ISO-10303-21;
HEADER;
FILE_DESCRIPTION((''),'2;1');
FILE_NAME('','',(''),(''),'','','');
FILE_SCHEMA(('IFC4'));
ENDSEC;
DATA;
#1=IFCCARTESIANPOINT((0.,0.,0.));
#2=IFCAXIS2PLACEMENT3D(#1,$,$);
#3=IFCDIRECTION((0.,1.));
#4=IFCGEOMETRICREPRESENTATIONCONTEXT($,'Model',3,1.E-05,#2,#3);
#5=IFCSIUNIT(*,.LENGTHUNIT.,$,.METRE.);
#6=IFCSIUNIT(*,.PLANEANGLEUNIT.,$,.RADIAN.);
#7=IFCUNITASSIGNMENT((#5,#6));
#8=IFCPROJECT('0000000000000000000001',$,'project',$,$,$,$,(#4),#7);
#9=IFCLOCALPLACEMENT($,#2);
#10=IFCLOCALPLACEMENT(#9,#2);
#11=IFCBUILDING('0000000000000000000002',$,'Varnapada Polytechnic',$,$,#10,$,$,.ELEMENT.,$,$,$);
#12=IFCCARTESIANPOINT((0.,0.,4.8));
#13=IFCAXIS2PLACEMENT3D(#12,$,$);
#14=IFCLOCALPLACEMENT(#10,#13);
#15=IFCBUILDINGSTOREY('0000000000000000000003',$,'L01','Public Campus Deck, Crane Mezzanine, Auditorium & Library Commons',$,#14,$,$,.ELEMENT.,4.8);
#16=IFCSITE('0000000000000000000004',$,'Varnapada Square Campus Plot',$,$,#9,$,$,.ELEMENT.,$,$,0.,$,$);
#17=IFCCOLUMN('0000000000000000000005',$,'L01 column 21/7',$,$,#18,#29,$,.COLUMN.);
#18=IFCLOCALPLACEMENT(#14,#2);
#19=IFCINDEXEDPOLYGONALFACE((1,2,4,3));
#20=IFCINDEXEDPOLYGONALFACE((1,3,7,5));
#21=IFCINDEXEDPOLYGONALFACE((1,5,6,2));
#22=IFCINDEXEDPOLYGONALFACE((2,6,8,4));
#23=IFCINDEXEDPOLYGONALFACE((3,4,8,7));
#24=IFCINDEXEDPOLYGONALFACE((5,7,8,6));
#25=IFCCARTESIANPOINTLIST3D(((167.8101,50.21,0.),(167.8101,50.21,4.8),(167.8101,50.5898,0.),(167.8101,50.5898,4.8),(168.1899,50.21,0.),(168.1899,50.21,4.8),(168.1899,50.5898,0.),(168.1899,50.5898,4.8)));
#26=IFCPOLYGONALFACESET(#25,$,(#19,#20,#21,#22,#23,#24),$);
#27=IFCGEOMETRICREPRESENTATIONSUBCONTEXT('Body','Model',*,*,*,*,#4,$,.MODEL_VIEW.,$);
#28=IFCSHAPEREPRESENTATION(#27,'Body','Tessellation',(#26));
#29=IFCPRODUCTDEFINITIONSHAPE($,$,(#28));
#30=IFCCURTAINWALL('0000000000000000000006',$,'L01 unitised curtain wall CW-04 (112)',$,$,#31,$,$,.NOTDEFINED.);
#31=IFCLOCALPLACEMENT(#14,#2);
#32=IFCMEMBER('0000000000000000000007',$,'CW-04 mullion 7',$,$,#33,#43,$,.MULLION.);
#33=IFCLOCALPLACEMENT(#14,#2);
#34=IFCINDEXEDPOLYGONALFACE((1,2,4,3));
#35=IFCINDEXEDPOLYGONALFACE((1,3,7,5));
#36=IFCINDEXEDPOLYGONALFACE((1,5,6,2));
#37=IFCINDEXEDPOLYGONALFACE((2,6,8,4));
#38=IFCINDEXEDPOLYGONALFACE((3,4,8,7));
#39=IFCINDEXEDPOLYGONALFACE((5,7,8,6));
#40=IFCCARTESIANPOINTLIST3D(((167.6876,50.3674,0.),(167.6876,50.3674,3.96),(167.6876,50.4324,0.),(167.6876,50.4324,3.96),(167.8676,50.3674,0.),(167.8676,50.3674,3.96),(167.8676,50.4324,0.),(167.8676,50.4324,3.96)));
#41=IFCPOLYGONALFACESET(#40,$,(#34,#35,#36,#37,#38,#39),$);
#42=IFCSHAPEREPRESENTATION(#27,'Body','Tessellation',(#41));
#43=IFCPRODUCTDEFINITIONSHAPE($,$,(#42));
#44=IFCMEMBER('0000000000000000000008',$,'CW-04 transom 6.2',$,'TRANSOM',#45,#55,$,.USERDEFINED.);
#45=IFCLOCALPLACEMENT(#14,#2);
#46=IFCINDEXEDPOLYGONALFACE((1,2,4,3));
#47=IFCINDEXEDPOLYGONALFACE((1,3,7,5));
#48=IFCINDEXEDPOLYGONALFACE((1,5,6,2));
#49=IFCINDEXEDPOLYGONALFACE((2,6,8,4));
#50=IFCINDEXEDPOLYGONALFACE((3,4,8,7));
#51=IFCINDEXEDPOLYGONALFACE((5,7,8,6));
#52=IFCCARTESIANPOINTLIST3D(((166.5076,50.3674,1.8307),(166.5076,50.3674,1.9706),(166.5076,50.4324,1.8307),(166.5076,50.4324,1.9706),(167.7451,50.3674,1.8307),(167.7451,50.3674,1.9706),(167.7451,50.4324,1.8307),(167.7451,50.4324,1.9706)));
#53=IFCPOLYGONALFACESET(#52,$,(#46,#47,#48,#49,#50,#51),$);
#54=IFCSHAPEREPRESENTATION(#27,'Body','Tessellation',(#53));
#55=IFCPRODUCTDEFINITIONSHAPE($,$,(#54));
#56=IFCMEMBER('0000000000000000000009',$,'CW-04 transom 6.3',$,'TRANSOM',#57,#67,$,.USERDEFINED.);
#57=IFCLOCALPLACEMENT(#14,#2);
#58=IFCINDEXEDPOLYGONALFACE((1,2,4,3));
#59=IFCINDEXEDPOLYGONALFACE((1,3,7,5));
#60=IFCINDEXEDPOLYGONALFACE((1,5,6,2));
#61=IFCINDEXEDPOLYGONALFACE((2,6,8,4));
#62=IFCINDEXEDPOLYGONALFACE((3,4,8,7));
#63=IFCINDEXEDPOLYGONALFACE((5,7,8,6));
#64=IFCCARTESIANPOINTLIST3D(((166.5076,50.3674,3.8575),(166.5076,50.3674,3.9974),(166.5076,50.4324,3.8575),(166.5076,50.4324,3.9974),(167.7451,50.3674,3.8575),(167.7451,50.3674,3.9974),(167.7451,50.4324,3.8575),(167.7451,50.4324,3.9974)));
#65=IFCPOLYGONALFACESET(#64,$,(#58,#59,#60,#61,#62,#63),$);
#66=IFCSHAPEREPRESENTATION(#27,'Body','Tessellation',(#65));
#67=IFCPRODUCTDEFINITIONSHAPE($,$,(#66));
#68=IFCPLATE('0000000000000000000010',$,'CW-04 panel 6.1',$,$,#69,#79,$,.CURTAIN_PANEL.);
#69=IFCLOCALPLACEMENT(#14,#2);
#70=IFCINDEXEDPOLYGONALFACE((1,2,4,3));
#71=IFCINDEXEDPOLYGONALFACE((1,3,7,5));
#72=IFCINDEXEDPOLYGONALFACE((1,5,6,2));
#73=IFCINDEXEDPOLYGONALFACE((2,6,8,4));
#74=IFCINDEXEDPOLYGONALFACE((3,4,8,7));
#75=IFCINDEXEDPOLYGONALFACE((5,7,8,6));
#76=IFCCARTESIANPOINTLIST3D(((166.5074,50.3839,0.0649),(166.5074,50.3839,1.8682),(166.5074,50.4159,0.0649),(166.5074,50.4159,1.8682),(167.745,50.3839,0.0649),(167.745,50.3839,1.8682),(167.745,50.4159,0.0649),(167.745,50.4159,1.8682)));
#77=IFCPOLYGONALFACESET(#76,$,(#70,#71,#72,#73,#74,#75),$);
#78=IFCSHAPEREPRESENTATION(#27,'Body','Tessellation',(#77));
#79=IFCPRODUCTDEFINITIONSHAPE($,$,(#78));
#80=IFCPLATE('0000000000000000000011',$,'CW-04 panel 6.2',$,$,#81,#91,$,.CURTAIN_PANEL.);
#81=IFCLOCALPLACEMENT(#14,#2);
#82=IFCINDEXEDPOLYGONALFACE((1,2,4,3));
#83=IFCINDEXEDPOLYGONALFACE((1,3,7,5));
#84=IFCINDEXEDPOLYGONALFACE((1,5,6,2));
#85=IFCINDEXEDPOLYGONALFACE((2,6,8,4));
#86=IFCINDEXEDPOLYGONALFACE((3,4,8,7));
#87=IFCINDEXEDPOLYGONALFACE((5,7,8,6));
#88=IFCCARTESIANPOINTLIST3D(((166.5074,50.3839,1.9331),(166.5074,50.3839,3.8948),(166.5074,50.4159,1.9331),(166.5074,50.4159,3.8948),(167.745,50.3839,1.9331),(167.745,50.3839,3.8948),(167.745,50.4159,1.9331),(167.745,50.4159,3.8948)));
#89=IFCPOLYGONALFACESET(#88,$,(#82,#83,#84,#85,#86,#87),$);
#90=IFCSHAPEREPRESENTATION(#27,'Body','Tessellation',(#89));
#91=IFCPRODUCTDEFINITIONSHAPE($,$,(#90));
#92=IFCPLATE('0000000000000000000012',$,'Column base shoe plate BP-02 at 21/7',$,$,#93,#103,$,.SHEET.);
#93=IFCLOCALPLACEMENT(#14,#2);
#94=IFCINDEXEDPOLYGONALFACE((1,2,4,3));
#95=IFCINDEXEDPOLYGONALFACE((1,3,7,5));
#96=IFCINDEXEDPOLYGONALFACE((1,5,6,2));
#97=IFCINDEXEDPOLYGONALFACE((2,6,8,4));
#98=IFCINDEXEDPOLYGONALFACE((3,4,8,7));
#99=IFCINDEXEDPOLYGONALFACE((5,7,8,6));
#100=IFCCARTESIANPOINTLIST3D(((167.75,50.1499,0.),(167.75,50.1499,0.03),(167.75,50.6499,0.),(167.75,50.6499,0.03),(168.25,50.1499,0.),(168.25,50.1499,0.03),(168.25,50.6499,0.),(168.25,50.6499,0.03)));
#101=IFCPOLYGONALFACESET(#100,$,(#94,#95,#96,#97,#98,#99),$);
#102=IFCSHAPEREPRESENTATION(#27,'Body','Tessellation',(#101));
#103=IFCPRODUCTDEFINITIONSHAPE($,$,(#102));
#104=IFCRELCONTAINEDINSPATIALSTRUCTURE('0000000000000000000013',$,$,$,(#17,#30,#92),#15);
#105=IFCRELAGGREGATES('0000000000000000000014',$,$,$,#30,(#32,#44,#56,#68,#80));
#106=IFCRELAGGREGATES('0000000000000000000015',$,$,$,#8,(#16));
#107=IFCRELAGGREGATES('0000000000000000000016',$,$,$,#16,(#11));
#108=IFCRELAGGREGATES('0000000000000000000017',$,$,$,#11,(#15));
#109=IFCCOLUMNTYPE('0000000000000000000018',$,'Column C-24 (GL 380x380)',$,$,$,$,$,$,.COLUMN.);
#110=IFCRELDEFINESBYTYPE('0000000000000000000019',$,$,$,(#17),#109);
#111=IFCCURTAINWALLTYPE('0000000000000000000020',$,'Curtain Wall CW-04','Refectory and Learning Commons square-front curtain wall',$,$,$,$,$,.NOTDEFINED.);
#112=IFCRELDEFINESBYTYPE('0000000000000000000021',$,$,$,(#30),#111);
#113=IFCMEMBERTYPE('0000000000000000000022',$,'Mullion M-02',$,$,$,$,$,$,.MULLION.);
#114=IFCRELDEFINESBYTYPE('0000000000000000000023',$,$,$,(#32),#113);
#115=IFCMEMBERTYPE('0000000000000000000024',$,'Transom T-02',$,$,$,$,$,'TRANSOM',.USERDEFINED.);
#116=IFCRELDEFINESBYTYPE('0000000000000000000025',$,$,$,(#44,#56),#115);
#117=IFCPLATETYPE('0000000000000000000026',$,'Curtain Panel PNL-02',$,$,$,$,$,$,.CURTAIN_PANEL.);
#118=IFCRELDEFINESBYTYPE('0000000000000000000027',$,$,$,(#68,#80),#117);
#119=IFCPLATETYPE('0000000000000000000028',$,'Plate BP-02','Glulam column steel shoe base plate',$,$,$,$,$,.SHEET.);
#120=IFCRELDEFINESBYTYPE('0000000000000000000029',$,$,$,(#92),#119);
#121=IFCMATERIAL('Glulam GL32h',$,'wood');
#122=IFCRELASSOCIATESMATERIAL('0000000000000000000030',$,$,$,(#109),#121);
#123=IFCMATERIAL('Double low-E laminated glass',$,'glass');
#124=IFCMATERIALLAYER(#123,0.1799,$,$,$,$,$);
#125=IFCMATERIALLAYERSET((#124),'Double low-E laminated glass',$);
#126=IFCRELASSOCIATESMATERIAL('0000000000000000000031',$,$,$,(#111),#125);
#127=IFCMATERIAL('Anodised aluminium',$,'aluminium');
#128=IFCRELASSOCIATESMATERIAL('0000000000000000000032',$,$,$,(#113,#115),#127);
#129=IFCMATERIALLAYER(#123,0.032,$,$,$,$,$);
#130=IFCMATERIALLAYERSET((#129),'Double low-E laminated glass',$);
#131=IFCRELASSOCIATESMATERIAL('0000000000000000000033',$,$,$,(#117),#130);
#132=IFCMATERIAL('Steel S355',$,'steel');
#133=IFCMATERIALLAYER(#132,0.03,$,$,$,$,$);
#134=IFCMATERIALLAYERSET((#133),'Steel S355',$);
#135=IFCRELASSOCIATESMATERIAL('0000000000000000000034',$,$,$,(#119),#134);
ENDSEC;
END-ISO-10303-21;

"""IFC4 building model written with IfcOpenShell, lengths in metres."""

from ifc_helpers import new_model, si_unit, direction, frame, origin, origin_2d, place, context, subcontext, project, spatial, rectangle, extrude, material, layer, layer_set, material_profile, profile_set, type_object, element, aggregate, save


model = new_model("IFC4")

# Units and contexts
model_context = context("Model", 3, precision=1e-05, world=origin(), true_north=direction((0.0, 1.0)))
body_context = subcontext(model_context, "Body", "Model", "MODEL_VIEW")
ifc_project = project(units=[si_unit("LENGTHUNIT", "METRE"), si_unit("PLANEANGLEUNIT", "RADIAN")], contexts=[model_context])

# Site, building, storey
site_placement = place(None, origin())
site = spatial("IfcSite", under=ifc_project, at=site_placement, Name="Varnapada Square Campus Plot", CompositionType="ELEMENT", RefElevation=0.0)
building_placement = place(site_placement, origin())
building = spatial("IfcBuilding", under=site, at=building_placement, Name="Varnapada Polytechnic", CompositionType="ELEMENT")
storey_placement = place(building_placement, frame((0.0, 0.0, 4.8)))
storey = spatial("IfcBuildingStorey", under=building, at=storey_placement, Name="L01", Description="Public Campus Deck, Crane Mezzanine, Auditorium & Library Commons", CompositionType="ELEMENT", Elevation=4.8)

# Column
ifc_material_1 = material(Name="Glulam GL32h", Category="wood")
ifc_material_profile_1 = material_profile(ifc_material_1, rectangle(XDim=0.3799, YDim=0.3799, at=origin_2d()), Name="GL 380x380")
ifc_profile_set_1 = profile_set([ifc_material_profile_1], Name="Glulam GL32h")
column_type = type_object("IfcColumnType", Name="Column C-24 (GL 380x380)", PredefinedType="COLUMN", material=ifc_profile_set_1)
column_placement = place(storey_placement, frame((168.0, 50.3999, 0.0), z_axis=(0.0, 0.0, 1.0), x_axis=(1.0, 0.0, 0.0)))
element("IfcColumn", 1, at=column_placement, inside=storey, type_object=column_type, Name="L01 column 21/7", PredefinedType="COLUMN", context=body_context, shape_type="SweptSolid", body=[
    extrude(rectangle(XDim=0.3799, YDim=0.3799, at=origin_2d()), origin(), (0.0, 0.0, 1.0), 4.8),
])

# Curtain wall, members, plates
ifc_material_2 = material(Name="Double low-E laminated glass", Category="glass")
ifc_layer_1 = layer(ifc_material_2, 0.1799)
ifc_layer_set_1 = layer_set([ifc_layer_1], Name="Double low-E laminated glass")
curtain_wall_type = type_object("IfcCurtainWallType", Name="Curtain Wall CW-04", Description="Refectory and Learning Commons square-front curtain wall", PredefinedType="NOTDEFINED", material=ifc_layer_set_1)
curtain_wall_placement = place(storey_placement, origin())
curtain_wall = element("IfcCurtainWall", 2, at=curtain_wall_placement, inside=storey, type_object=curtain_wall_type, Name="L01 unitised curtain wall CW-04 (112)", PredefinedType="NOTDEFINED")
ifc_material_3 = material(Name="Anodised aluminium", Category="aluminium")
ifc_material_profile_2 = material_profile(ifc_material_3, rectangle(XDim=0.0649, YDim=0.1799, at=origin_2d()), Name="ALU M65x180")
ifc_profile_set_2 = profile_set([ifc_material_profile_2], Name="Anodised aluminium")
member_type_1 = type_object("IfcMemberType", Name="Mullion M-02", PredefinedType="MULLION", material=ifc_profile_set_2)
member_1_placement = place(storey_placement, frame((167.7776, 50.3999, 0.0), z_axis=(0.0, 0.0, 1.0), x_axis=(0.0, 1.0, 0.0)))
member_1 = element("IfcMember", 3, at=member_1_placement, type_object=member_type_1, Name="CW-04 mullion 7", PredefinedType="MULLION", context=body_context, shape_type="SweptSolid", body=[
    extrude(rectangle(XDim=0.0649, YDim=0.1799, at=origin_2d()), origin(), (0.0, 0.0, 1.0), 3.96),
])
ifc_material_profile_3 = material_profile(ifc_material_3, rectangle(XDim=0.0649, YDim=0.1399, at=origin_2d()), Name="ALU T65x140")
ifc_profile_set_3 = profile_set([ifc_material_profile_3], Name="Anodised aluminium")
member_type_2 = type_object("IfcMemberType", Name="Transom T-02", ElementType="TRANSOM", PredefinedType="USERDEFINED", material=ifc_profile_set_3)
member_2_placement = place(storey_placement, frame((166.5076, 50.3999, 1.9006), z_axis=(1.0, 0.0, 0.0), x_axis=(0.0, 1.0, 0.0)))
member_2 = element("IfcMember", 4, at=member_2_placement, type_object=member_type_2, Name="CW-04 transom 6.2", ObjectType="TRANSOM", PredefinedType="USERDEFINED", context=body_context, shape_type="SweptSolid", body=[
    extrude(rectangle(XDim=0.0649, YDim=0.1399, at=origin_2d()), origin(), (0.0, 0.0, 1.0), 1.2375),
])
member_3_placement = place(storey_placement, frame((166.5076, 50.3999, 3.9275), z_axis=(1.0, 0.0, 0.0), x_axis=(0.0, 1.0, 0.0)))
member_3 = element("IfcMember", 5, at=member_3_placement, type_object=member_type_2, Name="CW-04 transom 6.3", ObjectType="TRANSOM", PredefinedType="USERDEFINED", context=body_context, shape_type="SweptSolid", body=[
    extrude(rectangle(XDim=0.0649, YDim=0.1399, at=origin_2d()), origin(), (0.0, 0.0, 1.0), 1.2375),
])
ifc_layer_2 = layer(ifc_material_2, 0.032)
ifc_layer_set_2 = layer_set([ifc_layer_2], Name="Double low-E laminated glass")
plate_type_1 = type_object("IfcPlateType", Name="Curtain Panel PNL-02", PredefinedType="CURTAIN_PANEL", material=ifc_layer_set_2)
plate_1_placement = place(storey_placement, frame((167.1262, 50.3999, 0.0649), z_axis=(0.0, 0.0, 1.0), x_axis=(1.0, 0.0, 0.0)))
plate_1 = element("IfcPlate", 6, at=plate_1_placement, type_object=plate_type_1, Name="CW-04 panel 6.1", PredefinedType="CURTAIN_PANEL", context=body_context, shape_type="SweptSolid", body=[
    extrude(rectangle(XDim=1.2375, YDim=0.032, at=origin_2d()), origin(), (0.0, 0.0, 1.0), 1.8032),
])
plate_2_placement = place(storey_placement, frame((167.1262, 50.3999, 1.9331), z_axis=(0.0, 0.0, 1.0), x_axis=(1.0, 0.0, 0.0)))
plate_2 = element("IfcPlate", 7, at=plate_2_placement, type_object=plate_type_1, Name="CW-04 panel 6.2", PredefinedType="CURTAIN_PANEL", context=body_context, shape_type="SweptSolid", body=[
    extrude(rectangle(XDim=1.2375, YDim=0.032, at=origin_2d()), origin(), (0.0, 0.0, 1.0), 1.9617),
])
aggregate(curtain_wall, [member_1, member_2, member_3, plate_1, plate_2])

# Plate
ifc_material_4 = material(Name="Steel S355", Category="steel")
ifc_layer_3 = layer(ifc_material_4, 0.03)
ifc_layer_set_3 = layer_set([ifc_layer_3], Name="Steel S355")
plate_type_2 = type_object("IfcPlateType", Name="Plate BP-02", Description="Glulam column steel shoe base plate", PredefinedType="SHEET", material=ifc_layer_set_3)
plate_3_placement = place(storey_placement, frame((168.0, 50.3999, 0.0), z_axis=(0.0, 0.0, 1.0), x_axis=(1.0, 0.0, 0.0)))
element("IfcPlate", 8, at=plate_3_placement, inside=storey, type_object=plate_type_2, Name="Column base shoe plate BP-02 at 21/7", PredefinedType="SHEET", context=body_context, shape_type="SweptSolid", body=[
    extrude(rectangle(XDim=0.5, YDim=0.5, at=origin_2d()), origin(), (0.0, 0.0, 1.0), 0.03),
])

save(model, "model.ifc")
